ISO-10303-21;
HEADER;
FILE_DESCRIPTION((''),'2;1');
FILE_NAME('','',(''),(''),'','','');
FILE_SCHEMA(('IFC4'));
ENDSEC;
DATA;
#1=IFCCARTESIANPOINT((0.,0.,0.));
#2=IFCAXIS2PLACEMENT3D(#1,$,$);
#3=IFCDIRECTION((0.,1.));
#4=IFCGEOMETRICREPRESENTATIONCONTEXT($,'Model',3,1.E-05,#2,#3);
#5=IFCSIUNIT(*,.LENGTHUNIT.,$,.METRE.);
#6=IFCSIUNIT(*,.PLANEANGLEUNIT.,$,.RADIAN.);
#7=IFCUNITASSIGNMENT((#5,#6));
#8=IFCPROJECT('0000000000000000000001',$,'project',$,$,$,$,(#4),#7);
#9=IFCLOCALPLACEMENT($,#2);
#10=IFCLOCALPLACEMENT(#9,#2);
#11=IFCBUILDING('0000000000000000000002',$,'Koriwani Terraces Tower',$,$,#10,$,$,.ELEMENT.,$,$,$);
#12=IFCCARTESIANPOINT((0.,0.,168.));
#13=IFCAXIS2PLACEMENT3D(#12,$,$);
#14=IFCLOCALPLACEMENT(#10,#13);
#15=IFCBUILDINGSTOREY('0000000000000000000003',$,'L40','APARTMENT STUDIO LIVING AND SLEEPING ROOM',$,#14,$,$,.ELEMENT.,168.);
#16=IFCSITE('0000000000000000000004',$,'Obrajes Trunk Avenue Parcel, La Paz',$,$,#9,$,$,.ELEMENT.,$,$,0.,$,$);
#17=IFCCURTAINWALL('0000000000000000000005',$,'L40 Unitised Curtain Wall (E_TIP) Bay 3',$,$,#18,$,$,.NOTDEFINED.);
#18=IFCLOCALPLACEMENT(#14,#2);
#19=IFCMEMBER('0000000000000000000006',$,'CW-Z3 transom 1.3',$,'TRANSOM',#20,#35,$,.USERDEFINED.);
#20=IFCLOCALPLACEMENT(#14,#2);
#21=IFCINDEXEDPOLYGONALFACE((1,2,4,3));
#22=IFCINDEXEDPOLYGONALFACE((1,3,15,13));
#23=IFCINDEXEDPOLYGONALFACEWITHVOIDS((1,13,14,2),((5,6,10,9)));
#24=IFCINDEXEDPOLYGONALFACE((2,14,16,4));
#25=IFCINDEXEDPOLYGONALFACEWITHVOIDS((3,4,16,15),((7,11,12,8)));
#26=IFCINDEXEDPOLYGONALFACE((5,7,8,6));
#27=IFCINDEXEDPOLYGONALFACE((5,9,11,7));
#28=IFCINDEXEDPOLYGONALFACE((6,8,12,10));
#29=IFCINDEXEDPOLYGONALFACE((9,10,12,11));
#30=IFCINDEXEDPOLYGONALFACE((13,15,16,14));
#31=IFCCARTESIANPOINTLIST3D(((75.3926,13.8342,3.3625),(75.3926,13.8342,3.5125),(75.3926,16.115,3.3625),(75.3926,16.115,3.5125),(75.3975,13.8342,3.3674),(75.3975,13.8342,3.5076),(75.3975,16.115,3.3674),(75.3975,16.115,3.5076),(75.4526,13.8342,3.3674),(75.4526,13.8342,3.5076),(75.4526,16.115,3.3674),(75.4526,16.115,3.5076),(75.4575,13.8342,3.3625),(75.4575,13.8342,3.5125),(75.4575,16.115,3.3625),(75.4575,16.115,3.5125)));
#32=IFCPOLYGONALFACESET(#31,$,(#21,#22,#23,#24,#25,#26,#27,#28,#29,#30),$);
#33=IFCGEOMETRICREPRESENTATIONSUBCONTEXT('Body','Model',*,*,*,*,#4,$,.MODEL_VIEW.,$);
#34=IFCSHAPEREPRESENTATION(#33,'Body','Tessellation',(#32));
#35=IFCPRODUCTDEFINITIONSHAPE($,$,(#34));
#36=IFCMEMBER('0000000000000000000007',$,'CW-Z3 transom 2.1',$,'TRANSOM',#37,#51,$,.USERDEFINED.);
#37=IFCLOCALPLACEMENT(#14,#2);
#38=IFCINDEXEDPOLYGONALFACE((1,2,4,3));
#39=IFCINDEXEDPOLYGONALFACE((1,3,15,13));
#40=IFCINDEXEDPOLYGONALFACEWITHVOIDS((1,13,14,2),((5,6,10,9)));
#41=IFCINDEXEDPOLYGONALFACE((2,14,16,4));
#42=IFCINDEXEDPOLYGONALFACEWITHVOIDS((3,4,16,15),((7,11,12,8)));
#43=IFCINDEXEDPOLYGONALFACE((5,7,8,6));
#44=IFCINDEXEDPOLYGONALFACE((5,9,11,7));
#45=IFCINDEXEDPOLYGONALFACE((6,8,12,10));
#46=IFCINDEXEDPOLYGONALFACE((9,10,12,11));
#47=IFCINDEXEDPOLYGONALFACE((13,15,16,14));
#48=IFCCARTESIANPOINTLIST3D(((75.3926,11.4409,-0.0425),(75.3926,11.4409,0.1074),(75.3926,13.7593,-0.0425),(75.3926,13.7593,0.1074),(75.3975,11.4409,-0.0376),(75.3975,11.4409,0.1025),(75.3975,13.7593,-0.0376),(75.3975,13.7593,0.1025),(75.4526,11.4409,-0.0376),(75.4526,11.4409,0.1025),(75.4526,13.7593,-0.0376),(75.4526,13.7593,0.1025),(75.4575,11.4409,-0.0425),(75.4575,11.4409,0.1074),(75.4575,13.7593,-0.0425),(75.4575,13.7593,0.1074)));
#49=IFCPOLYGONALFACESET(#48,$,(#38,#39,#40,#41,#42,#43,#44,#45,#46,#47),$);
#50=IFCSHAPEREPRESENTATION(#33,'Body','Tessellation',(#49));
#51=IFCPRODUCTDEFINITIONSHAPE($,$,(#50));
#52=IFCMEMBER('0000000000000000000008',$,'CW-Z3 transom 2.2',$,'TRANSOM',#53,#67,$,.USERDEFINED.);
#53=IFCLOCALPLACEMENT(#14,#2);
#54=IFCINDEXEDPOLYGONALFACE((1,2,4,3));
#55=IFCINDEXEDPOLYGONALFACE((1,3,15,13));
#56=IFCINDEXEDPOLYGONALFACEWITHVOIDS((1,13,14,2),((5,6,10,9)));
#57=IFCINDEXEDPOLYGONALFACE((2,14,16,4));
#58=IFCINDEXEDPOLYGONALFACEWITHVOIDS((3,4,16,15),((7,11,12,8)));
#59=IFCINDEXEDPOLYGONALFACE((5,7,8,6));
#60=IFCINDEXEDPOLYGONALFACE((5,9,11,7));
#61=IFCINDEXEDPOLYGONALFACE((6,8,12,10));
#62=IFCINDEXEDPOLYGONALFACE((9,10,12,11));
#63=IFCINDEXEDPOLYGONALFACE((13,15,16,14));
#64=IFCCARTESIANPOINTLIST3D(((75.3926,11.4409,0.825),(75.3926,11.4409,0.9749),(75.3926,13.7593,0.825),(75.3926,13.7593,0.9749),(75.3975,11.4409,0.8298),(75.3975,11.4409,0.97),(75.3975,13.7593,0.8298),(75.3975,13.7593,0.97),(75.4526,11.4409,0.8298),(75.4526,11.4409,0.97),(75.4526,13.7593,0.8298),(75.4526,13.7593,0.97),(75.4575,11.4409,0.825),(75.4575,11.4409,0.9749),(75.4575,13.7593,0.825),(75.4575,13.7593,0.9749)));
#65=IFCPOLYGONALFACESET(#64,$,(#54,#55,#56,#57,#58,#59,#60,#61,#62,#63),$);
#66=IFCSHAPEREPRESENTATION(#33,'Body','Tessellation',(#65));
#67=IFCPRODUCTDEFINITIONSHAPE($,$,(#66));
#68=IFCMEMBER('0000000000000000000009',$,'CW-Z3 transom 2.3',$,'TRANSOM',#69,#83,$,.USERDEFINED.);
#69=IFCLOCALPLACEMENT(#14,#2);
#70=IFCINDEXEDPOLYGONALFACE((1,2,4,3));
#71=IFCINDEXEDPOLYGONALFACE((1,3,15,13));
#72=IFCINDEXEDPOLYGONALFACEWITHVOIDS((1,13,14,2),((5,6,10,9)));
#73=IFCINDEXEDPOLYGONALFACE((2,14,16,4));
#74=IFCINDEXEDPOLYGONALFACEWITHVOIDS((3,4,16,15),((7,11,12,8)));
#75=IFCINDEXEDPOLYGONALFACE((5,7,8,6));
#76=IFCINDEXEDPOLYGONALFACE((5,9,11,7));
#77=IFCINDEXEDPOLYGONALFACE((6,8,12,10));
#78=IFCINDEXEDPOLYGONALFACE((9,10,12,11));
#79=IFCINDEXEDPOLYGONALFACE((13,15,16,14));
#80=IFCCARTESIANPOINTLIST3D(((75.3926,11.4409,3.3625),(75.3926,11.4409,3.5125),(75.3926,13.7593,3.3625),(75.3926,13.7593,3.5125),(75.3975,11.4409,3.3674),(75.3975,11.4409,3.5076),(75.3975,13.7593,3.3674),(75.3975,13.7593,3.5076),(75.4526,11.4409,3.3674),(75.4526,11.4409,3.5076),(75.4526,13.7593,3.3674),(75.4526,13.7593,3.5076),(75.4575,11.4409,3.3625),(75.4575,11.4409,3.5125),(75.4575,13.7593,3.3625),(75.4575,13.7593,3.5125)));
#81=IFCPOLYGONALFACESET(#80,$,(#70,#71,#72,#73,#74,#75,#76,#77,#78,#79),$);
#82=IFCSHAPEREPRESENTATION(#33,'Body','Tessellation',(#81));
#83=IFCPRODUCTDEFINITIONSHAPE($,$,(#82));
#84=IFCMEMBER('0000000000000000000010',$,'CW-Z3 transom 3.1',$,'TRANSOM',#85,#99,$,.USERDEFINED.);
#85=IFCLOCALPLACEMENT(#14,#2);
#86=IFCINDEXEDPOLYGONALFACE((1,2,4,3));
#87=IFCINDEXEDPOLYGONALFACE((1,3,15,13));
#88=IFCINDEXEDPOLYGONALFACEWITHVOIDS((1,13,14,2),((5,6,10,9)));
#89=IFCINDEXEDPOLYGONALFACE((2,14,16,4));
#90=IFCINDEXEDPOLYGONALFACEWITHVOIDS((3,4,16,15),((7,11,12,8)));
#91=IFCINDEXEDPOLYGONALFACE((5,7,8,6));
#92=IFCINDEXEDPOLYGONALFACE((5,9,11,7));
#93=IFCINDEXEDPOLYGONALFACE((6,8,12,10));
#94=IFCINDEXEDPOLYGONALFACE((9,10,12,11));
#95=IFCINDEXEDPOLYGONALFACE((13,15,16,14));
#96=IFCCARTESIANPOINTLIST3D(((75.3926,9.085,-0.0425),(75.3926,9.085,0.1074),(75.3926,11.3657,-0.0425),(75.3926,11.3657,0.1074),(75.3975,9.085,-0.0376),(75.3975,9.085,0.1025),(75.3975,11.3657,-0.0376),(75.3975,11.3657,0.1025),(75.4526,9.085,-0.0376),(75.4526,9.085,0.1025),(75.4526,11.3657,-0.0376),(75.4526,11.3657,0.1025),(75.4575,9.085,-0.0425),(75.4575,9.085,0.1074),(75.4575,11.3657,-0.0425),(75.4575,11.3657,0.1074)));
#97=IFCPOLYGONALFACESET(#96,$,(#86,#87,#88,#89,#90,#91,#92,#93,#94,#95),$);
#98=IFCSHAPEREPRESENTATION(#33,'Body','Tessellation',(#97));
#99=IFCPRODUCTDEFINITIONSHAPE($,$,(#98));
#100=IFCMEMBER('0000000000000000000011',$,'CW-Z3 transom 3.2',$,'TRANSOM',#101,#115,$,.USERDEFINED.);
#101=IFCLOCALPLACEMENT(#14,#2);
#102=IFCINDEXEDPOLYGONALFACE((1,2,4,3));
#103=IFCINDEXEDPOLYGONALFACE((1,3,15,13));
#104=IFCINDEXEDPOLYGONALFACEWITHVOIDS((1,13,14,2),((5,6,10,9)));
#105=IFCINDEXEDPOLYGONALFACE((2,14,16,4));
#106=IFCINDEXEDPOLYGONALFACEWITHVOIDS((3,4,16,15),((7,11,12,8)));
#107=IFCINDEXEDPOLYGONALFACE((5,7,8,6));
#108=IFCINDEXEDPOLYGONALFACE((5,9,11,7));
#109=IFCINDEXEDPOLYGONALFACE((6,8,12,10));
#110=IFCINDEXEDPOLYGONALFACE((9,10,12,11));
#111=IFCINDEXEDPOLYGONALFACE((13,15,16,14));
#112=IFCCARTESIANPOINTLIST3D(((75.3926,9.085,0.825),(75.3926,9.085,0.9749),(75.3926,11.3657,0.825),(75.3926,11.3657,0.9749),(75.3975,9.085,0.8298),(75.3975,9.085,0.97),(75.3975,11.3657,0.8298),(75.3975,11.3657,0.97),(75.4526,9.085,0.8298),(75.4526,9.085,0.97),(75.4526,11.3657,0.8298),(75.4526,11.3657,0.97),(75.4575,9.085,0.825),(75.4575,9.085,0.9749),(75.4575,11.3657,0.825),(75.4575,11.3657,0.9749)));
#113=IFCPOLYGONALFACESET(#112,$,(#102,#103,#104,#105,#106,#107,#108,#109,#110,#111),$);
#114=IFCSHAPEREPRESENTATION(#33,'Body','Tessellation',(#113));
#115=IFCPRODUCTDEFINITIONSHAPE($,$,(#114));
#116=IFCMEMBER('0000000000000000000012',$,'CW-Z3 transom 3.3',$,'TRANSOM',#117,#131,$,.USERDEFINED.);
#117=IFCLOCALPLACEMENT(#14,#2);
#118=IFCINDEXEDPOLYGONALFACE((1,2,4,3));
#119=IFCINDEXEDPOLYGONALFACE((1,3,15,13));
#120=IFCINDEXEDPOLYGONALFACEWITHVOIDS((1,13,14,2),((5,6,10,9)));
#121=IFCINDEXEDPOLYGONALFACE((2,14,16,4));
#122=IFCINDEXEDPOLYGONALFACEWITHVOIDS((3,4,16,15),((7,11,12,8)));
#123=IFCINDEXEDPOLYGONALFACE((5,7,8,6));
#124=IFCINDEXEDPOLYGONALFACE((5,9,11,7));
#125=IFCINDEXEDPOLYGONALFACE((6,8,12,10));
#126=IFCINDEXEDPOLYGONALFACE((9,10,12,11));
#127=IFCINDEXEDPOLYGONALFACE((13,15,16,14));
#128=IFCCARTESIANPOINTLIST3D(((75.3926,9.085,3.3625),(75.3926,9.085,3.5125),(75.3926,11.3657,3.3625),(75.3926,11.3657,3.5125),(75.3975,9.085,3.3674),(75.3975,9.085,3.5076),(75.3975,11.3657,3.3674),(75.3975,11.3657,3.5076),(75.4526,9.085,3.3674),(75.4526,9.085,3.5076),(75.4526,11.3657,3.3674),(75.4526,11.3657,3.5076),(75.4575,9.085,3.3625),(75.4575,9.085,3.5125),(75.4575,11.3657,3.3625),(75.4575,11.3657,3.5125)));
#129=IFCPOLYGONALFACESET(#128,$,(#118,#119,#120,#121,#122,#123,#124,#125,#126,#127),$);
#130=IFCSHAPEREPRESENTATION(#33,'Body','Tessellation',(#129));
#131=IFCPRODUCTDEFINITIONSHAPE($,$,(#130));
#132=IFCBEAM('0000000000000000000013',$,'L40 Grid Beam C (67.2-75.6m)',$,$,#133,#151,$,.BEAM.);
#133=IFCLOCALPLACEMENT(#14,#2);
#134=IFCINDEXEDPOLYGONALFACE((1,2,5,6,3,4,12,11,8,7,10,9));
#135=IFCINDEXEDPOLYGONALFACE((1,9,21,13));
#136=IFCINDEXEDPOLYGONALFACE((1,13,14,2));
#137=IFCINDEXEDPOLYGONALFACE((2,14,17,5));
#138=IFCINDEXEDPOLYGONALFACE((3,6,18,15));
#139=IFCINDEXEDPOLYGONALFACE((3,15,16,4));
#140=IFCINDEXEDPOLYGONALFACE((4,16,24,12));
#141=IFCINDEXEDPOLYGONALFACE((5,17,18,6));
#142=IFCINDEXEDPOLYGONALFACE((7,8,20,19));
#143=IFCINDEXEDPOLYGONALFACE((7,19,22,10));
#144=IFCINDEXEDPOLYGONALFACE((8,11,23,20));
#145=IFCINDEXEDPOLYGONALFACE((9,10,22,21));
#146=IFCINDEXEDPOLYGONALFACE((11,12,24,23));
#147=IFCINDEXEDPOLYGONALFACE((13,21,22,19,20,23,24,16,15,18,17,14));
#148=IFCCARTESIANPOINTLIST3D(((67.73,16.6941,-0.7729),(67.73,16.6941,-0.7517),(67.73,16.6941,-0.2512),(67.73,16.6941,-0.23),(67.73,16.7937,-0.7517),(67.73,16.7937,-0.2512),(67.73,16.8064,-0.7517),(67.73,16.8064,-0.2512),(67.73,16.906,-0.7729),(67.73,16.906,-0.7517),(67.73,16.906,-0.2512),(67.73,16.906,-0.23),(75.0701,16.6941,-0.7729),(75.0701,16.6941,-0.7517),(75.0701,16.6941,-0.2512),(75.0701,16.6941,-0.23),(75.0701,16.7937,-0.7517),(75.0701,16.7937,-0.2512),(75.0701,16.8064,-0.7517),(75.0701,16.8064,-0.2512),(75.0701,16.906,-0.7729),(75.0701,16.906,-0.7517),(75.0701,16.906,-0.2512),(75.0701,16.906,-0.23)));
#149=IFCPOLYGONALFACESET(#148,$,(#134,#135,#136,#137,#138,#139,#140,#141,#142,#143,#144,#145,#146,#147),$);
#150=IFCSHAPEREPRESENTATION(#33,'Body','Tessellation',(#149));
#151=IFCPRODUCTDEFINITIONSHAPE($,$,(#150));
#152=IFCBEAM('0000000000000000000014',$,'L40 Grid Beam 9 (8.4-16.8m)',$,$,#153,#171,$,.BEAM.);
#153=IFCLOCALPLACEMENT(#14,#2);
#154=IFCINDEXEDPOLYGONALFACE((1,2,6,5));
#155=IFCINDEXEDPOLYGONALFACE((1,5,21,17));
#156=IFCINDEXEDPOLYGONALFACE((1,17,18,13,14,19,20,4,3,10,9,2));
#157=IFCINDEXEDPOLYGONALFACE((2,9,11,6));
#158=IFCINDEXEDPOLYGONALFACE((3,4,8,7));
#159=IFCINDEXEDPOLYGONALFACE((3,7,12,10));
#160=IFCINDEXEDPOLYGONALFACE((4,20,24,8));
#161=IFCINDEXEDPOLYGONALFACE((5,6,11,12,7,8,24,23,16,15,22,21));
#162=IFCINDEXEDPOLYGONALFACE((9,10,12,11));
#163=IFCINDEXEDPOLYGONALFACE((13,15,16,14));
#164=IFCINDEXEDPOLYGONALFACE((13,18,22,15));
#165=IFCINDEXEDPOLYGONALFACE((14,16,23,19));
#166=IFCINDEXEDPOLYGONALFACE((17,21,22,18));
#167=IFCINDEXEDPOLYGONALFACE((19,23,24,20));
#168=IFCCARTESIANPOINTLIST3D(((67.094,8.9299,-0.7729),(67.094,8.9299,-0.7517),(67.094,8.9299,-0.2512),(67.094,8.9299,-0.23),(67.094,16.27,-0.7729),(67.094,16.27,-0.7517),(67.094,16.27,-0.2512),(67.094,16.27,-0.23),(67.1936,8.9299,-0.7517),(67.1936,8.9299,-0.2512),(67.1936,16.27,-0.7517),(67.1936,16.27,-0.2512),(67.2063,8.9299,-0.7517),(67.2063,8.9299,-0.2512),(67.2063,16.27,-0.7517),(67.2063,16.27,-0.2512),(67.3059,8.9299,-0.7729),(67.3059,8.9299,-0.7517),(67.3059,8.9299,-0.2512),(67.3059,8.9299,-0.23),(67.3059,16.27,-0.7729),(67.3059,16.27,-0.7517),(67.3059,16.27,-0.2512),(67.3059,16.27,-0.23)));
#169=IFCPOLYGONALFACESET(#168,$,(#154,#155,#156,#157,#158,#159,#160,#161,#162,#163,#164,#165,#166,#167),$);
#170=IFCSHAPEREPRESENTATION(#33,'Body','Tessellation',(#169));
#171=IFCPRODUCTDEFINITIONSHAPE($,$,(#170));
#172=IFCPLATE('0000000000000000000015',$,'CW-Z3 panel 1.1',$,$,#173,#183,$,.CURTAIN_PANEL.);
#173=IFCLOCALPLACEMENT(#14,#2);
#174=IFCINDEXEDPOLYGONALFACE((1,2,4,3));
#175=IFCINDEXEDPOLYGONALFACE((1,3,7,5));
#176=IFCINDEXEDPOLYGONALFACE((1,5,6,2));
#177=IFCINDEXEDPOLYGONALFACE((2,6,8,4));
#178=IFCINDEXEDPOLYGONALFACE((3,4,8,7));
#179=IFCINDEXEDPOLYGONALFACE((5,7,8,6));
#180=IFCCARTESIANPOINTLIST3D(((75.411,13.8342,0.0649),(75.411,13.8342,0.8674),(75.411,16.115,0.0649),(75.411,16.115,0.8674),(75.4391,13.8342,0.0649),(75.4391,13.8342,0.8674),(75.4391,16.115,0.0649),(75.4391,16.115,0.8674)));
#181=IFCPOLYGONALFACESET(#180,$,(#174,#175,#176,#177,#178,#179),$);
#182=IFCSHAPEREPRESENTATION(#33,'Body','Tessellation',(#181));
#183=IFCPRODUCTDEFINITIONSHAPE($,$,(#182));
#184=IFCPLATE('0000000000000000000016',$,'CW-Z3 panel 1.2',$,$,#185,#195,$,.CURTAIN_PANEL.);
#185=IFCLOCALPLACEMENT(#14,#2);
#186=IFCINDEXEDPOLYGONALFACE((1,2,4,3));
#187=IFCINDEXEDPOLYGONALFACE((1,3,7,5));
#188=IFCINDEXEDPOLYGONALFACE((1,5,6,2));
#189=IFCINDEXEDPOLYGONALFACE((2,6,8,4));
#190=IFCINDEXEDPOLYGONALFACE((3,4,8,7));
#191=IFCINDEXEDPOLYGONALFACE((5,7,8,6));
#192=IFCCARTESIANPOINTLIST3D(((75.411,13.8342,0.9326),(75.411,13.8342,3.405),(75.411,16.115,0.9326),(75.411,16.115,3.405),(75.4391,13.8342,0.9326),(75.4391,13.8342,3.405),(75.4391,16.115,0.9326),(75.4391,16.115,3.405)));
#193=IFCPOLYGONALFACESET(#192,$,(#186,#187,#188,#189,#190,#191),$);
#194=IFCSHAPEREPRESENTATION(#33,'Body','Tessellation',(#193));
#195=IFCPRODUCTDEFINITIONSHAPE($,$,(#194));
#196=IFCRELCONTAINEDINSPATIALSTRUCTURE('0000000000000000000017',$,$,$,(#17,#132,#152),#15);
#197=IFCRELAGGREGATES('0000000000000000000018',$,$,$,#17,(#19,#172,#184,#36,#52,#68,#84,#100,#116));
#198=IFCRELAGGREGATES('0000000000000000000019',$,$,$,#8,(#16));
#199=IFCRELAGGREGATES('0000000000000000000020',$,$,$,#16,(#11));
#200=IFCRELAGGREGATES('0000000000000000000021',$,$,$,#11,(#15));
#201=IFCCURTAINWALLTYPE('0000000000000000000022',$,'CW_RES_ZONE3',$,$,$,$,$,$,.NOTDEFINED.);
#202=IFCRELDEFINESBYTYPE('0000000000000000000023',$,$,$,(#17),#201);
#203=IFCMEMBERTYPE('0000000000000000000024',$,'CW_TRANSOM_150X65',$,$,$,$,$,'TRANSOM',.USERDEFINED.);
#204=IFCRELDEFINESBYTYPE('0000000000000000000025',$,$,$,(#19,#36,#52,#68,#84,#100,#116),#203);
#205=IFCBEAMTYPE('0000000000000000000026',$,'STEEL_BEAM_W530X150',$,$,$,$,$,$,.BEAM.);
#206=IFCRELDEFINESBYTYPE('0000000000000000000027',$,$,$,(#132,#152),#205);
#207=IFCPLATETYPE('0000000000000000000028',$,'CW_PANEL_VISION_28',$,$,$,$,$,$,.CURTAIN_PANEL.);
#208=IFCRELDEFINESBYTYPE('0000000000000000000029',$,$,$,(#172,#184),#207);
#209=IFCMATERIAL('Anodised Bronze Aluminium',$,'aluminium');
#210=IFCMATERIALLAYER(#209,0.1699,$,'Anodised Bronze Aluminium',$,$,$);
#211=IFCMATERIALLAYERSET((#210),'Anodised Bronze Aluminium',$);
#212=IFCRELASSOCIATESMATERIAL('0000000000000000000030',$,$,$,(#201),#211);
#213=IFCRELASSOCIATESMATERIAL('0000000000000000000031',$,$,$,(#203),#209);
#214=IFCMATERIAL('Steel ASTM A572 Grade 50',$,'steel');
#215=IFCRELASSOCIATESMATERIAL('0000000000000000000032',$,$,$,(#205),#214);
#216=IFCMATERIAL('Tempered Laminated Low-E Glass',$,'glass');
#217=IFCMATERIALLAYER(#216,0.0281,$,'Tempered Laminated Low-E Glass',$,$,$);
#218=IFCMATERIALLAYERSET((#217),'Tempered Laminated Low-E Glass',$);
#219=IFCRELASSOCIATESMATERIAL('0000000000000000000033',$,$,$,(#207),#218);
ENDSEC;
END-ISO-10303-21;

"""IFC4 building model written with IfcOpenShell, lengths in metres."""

from ifc_helpers import new_model, si_unit, direction, frame, origin, origin_2d, place, context, subcontext, project, spatial, rectangle, hollow_rectangle, i_section, extrude, material, layer, layer_set, material_profile, profile_set, type_object, element, aggregate, save


model = new_model("IFC4")

# Units and contexts
model_context = context("Model", 3, precision=1e-05, world=origin(), true_north=direction((0.0, 1.0)))
body_context = subcontext(model_context, "Body", "Model", "MODEL_VIEW")
ifc_project = project(units=[si_unit("LENGTHUNIT", "METRE"), si_unit("PLANEANGLEUNIT", "RADIAN")], contexts=[model_context])

# Site, building, storey
site_placement = place(None, origin())
site = spatial("IfcSite", under=ifc_project, at=site_placement, Name="Obrajes Trunk Avenue Parcel, La Paz", CompositionType="ELEMENT", RefElevation=0.0)
building_placement = place(site_placement, origin())
building = spatial("IfcBuilding", under=site, at=building_placement, Name="Koriwani Terraces Tower", CompositionType="ELEMENT")
storey_placement = place(building_placement, frame((0.0, 0.0, 168.0)))
storey = spatial("IfcBuildingStorey", under=building, at=storey_placement, Name="L40", Description="APARTMENT STUDIO LIVING AND SLEEPING ROOM", CompositionType="ELEMENT", Elevation=168.0)

# Shared definitions
ifc_material_1 = material(Name="Anodised Bronze Aluminium", Category="aluminium")
ifc_layer_1 = layer(ifc_material_1, 0.1699, Name="Anodised Bronze Aluminium")
ifc_layer_set_1 = layer_set([ifc_layer_1], Name="Anodised Bronze Aluminium")
curtain_wall_type = type_object("IfcCurtainWallType", Name="CW_RES_ZONE3", PredefinedType="NOTDEFINED", material=ifc_layer_set_1)

# Curtain wall, members
curtain_wall_1_placement = place(storey_placement, origin())
curtain_wall_1 = element("IfcCurtainWall", 1, at=curtain_wall_1_placement, inside=storey, type_object=curtain_wall_type, Name="L40 Unitised Curtain Wall (E_TIP) Bay 3", PredefinedType="NOTDEFINED")
ifc_material_profile_1 = material_profile(ifc_material_1, hollow_rectangle(XDim=0.0649, YDim=0.1499, WallThickness=0.0049, at=origin_2d()), Name="Anodised Bronze Aluminium", Category="LoadBearing")
ifc_profile_set_1 = profile_set([ifc_material_profile_1], Name="Anodised Bronze Aluminium")
member_type_1 = type_object("IfcMemberType", Name="CW_TRANSOM_150X65", ElementType="TRANSOM", PredefinedType="USERDEFINED", material=ifc_profile_set_1)
member_1_placement = place(storey_placement, frame((75.425, 16.115, 3.4375), z_axis=(0.0, -1.0, 0.0), x_axis=(1.0, 0.0, 0.0)))
member_1 = element("IfcMember", 2, at=member_1_placement, type_object=member_type_1, Name="CW-Z3 transom 1.3", ObjectType="TRANSOM", PredefinedType="USERDEFINED", context=body_context, shape_type="SweptSolid", body=[
    extrude(hollow_rectangle(XDim=0.0649, YDim=0.1499, WallThickness=0.0049, at=origin_2d()), origin(), (0.0, 0.0, 1.0), 2.2808),
])
member_2_placement = place(storey_placement, frame((75.425, 13.7593, 0.0325), z_axis=(0.0, -1.0, 0.0), x_axis=(1.0, 0.0, 0.0)))
member_2 = element("IfcMember", 3, at=member_2_placement, type_object=member_type_1, Name="CW-Z3 transom 2.1", ObjectType="TRANSOM", PredefinedType="USERDEFINED", context=body_context, shape_type="SweptSolid", body=[
    extrude(hollow_rectangle(XDim=0.0649, YDim=0.1499, WallThickness=0.0049, at=origin_2d()), origin(), (0.0, 0.0, 1.0), 2.3184),
])
member_3_placement = place(storey_placement, frame((75.425, 13.7593, 0.8999), z_axis=(0.0, -1.0, 0.0), x_axis=(1.0, 0.0, 0.0)))
member_3 = element("IfcMember", 4, at=member_3_placement, type_object=member_type_1, Name="CW-Z3 transom 2.2", ObjectType="TRANSOM", PredefinedType="USERDEFINED", context=body_context, shape_type="SweptSolid", body=[
    extrude(hollow_rectangle(XDim=0.0649, YDim=0.1499, WallThickness=0.0049, at=origin_2d()), origin(), (0.0, 0.0, 1.0), 2.3184),
])
member_4_placement = place(storey_placement, frame((75.425, 13.7593, 3.4375), z_axis=(0.0, -1.0, 0.0), x_axis=(1.0, 0.0, 0.0)))
member_4 = element("IfcMember", 5, at=member_4_placement, type_object=member_type_1, Name="CW-Z3 transom 2.3", ObjectType="TRANSOM", PredefinedType="USERDEFINED", context=body_context, shape_type="SweptSolid", body=[
    extrude(hollow_rectangle(XDim=0.0649, YDim=0.1499, WallThickness=0.0049, at=origin_2d()), origin(), (0.0, 0.0, 1.0), 2.3184),
])
member_5_placement = place(storey_placement, frame((75.425, 11.3657, 0.0325), z_axis=(0.0, -1.0, 0.0), x_axis=(1.0, 0.0, 0.0)))
member_5 = element("IfcMember", 6, at=member_5_placement, type_object=member_type_1, Name="CW-Z3 transom 3.1", ObjectType="TRANSOM", PredefinedType="USERDEFINED", context=body_context, shape_type="SweptSolid", body=[
    extrude(hollow_rectangle(XDim=0.0649, YDim=0.1499, WallThickness=0.0049, at=origin_2d()), origin(), (0.0, 0.0, 1.0), 2.2808),
])
member_6_placement = place(storey_placement, frame((75.425, 11.3657, 0.8999), z_axis=(0.0, -1.0, 0.0), x_axis=(1.0, 0.0, 0.0)))
member_6 = element("IfcMember", 7, at=member_6_placement, type_object=member_type_1, Name="CW-Z3 transom 3.2", ObjectType="TRANSOM", PredefinedType="USERDEFINED", context=body_context, shape_type="SweptSolid", body=[
    extrude(hollow_rectangle(XDim=0.0649, YDim=0.1499, WallThickness=0.0049, at=origin_2d()), origin(), (0.0, 0.0, 1.0), 2.2808),
])
member_7_placement = place(storey_placement, frame((75.425, 11.3657, 3.4375), z_axis=(0.0, -1.0, 0.0), x_axis=(1.0, 0.0, 0.0)))
member_7 = element("IfcMember", 8, at=member_7_placement, type_object=member_type_1, Name="CW-Z3 transom 3.3", ObjectType="TRANSOM", PredefinedType="USERDEFINED", context=body_context, shape_type="SweptSolid", body=[
    extrude(hollow_rectangle(XDim=0.0649, YDim=0.1499, WallThickness=0.0049, at=origin_2d()), origin(), (0.0, 0.0, 1.0), 2.2808),
])

# Beams
ifc_material_2 = material(Name="Steel ASTM A572 Grade 50", Category="steel")
ifc_material_profile_2 = material_profile(ifc_material_2, i_section(OverallWidth=0.2119, OverallDepth=0.543, WebThickness=0.0127, FlangeThickness=0.0212, at=origin_2d()), Name="Steel ASTM A572 Grade 50", Category="LoadBearing")
ifc_profile_set_2 = profile_set([ifc_material_profile_2], Name="Steel ASTM A572 Grade 50")
beam_type_1 = type_object("IfcBeamType", Name="STEEL_BEAM_W530X150", PredefinedType="BEAM", material=ifc_profile_set_2)
for number, where, z_axis, x_axis, name in (
    (9, (67.73, 16.8, -0.5015), (1.0, 0.0, 0.0), (0.0, 1.0, 0.0), "L40 Grid Beam C (67.2-75.6m)"),
    (10, (67.2, 8.9299, -0.5015), (0.0, 1.0, 0.0), (-1.0, 0.0, 0.0), "L40 Grid Beam 9 (8.4-16.8m)"),
):
    element("IfcBeam", number, at=place(storey_placement, frame(where, z_axis=z_axis, x_axis=x_axis)), inside=storey, type_object=beam_type_1, Name=name, PredefinedType="BEAM", context=body_context, shape_type="SweptSolid", body=[
        extrude(i_section(OverallWidth=0.2119, OverallDepth=0.543, WebThickness=0.0127, FlangeThickness=0.0212, at=origin_2d()), origin(), (0.0, 0.0, 1.0), 7.3401),
    ])

# Plates
ifc_material_3 = material(Name="Tempered Laminated Low-E Glass", Category="glass")
ifc_layer_2 = layer(ifc_material_3, 0.0281, Name="Tempered Laminated Low-E Glass")
ifc_layer_set_2 = layer_set([ifc_layer_2], Name="Tempered Laminated Low-E Glass")
plate_type = type_object("IfcPlateType", Name="CW_PANEL_VISION_28", PredefinedType="CURTAIN_PANEL", material=ifc_layer_set_2)
plate_1_placement = place(storey_placement, frame((75.425, 14.9746, 0.0649), z_axis=(0.0, 0.0, 1.0), x_axis=(0.0, -1.0, 0.0)))
plate_1 = element("IfcPlate", 11, at=plate_1_placement, type_object=plate_type, Name="CW-Z3 panel 1.1", PredefinedType="CURTAIN_PANEL", context=body_context, shape_type="SweptSolid", body=[
    extrude(rectangle(XDim=2.2808, YDim=0.0281, at=origin_2d()), origin(), (0.0, 0.0, 1.0), 0.8025),
])
plate_2_placement = place(storey_placement, frame((75.425, 14.9746, 0.9326), z_axis=(0.0, 0.0, 1.0), x_axis=(0.0, -1.0, 0.0)))
plate_2 = element("IfcPlate", 12, at=plate_2_placement, type_object=plate_type, Name="CW-Z3 panel 1.2", PredefinedType="CURTAIN_PANEL", context=body_context, shape_type="SweptSolid", body=[
    extrude(rectangle(XDim=2.2808, YDim=0.0281, at=origin_2d()), origin(), (0.0, 0.0, 1.0), 2.4724),
])
aggregate(curtain_wall_1, [member_1, plate_1, plate_2, member_2, member_3, member_4, member_5, member_6, member_7])

save(model, "model.ifc")
